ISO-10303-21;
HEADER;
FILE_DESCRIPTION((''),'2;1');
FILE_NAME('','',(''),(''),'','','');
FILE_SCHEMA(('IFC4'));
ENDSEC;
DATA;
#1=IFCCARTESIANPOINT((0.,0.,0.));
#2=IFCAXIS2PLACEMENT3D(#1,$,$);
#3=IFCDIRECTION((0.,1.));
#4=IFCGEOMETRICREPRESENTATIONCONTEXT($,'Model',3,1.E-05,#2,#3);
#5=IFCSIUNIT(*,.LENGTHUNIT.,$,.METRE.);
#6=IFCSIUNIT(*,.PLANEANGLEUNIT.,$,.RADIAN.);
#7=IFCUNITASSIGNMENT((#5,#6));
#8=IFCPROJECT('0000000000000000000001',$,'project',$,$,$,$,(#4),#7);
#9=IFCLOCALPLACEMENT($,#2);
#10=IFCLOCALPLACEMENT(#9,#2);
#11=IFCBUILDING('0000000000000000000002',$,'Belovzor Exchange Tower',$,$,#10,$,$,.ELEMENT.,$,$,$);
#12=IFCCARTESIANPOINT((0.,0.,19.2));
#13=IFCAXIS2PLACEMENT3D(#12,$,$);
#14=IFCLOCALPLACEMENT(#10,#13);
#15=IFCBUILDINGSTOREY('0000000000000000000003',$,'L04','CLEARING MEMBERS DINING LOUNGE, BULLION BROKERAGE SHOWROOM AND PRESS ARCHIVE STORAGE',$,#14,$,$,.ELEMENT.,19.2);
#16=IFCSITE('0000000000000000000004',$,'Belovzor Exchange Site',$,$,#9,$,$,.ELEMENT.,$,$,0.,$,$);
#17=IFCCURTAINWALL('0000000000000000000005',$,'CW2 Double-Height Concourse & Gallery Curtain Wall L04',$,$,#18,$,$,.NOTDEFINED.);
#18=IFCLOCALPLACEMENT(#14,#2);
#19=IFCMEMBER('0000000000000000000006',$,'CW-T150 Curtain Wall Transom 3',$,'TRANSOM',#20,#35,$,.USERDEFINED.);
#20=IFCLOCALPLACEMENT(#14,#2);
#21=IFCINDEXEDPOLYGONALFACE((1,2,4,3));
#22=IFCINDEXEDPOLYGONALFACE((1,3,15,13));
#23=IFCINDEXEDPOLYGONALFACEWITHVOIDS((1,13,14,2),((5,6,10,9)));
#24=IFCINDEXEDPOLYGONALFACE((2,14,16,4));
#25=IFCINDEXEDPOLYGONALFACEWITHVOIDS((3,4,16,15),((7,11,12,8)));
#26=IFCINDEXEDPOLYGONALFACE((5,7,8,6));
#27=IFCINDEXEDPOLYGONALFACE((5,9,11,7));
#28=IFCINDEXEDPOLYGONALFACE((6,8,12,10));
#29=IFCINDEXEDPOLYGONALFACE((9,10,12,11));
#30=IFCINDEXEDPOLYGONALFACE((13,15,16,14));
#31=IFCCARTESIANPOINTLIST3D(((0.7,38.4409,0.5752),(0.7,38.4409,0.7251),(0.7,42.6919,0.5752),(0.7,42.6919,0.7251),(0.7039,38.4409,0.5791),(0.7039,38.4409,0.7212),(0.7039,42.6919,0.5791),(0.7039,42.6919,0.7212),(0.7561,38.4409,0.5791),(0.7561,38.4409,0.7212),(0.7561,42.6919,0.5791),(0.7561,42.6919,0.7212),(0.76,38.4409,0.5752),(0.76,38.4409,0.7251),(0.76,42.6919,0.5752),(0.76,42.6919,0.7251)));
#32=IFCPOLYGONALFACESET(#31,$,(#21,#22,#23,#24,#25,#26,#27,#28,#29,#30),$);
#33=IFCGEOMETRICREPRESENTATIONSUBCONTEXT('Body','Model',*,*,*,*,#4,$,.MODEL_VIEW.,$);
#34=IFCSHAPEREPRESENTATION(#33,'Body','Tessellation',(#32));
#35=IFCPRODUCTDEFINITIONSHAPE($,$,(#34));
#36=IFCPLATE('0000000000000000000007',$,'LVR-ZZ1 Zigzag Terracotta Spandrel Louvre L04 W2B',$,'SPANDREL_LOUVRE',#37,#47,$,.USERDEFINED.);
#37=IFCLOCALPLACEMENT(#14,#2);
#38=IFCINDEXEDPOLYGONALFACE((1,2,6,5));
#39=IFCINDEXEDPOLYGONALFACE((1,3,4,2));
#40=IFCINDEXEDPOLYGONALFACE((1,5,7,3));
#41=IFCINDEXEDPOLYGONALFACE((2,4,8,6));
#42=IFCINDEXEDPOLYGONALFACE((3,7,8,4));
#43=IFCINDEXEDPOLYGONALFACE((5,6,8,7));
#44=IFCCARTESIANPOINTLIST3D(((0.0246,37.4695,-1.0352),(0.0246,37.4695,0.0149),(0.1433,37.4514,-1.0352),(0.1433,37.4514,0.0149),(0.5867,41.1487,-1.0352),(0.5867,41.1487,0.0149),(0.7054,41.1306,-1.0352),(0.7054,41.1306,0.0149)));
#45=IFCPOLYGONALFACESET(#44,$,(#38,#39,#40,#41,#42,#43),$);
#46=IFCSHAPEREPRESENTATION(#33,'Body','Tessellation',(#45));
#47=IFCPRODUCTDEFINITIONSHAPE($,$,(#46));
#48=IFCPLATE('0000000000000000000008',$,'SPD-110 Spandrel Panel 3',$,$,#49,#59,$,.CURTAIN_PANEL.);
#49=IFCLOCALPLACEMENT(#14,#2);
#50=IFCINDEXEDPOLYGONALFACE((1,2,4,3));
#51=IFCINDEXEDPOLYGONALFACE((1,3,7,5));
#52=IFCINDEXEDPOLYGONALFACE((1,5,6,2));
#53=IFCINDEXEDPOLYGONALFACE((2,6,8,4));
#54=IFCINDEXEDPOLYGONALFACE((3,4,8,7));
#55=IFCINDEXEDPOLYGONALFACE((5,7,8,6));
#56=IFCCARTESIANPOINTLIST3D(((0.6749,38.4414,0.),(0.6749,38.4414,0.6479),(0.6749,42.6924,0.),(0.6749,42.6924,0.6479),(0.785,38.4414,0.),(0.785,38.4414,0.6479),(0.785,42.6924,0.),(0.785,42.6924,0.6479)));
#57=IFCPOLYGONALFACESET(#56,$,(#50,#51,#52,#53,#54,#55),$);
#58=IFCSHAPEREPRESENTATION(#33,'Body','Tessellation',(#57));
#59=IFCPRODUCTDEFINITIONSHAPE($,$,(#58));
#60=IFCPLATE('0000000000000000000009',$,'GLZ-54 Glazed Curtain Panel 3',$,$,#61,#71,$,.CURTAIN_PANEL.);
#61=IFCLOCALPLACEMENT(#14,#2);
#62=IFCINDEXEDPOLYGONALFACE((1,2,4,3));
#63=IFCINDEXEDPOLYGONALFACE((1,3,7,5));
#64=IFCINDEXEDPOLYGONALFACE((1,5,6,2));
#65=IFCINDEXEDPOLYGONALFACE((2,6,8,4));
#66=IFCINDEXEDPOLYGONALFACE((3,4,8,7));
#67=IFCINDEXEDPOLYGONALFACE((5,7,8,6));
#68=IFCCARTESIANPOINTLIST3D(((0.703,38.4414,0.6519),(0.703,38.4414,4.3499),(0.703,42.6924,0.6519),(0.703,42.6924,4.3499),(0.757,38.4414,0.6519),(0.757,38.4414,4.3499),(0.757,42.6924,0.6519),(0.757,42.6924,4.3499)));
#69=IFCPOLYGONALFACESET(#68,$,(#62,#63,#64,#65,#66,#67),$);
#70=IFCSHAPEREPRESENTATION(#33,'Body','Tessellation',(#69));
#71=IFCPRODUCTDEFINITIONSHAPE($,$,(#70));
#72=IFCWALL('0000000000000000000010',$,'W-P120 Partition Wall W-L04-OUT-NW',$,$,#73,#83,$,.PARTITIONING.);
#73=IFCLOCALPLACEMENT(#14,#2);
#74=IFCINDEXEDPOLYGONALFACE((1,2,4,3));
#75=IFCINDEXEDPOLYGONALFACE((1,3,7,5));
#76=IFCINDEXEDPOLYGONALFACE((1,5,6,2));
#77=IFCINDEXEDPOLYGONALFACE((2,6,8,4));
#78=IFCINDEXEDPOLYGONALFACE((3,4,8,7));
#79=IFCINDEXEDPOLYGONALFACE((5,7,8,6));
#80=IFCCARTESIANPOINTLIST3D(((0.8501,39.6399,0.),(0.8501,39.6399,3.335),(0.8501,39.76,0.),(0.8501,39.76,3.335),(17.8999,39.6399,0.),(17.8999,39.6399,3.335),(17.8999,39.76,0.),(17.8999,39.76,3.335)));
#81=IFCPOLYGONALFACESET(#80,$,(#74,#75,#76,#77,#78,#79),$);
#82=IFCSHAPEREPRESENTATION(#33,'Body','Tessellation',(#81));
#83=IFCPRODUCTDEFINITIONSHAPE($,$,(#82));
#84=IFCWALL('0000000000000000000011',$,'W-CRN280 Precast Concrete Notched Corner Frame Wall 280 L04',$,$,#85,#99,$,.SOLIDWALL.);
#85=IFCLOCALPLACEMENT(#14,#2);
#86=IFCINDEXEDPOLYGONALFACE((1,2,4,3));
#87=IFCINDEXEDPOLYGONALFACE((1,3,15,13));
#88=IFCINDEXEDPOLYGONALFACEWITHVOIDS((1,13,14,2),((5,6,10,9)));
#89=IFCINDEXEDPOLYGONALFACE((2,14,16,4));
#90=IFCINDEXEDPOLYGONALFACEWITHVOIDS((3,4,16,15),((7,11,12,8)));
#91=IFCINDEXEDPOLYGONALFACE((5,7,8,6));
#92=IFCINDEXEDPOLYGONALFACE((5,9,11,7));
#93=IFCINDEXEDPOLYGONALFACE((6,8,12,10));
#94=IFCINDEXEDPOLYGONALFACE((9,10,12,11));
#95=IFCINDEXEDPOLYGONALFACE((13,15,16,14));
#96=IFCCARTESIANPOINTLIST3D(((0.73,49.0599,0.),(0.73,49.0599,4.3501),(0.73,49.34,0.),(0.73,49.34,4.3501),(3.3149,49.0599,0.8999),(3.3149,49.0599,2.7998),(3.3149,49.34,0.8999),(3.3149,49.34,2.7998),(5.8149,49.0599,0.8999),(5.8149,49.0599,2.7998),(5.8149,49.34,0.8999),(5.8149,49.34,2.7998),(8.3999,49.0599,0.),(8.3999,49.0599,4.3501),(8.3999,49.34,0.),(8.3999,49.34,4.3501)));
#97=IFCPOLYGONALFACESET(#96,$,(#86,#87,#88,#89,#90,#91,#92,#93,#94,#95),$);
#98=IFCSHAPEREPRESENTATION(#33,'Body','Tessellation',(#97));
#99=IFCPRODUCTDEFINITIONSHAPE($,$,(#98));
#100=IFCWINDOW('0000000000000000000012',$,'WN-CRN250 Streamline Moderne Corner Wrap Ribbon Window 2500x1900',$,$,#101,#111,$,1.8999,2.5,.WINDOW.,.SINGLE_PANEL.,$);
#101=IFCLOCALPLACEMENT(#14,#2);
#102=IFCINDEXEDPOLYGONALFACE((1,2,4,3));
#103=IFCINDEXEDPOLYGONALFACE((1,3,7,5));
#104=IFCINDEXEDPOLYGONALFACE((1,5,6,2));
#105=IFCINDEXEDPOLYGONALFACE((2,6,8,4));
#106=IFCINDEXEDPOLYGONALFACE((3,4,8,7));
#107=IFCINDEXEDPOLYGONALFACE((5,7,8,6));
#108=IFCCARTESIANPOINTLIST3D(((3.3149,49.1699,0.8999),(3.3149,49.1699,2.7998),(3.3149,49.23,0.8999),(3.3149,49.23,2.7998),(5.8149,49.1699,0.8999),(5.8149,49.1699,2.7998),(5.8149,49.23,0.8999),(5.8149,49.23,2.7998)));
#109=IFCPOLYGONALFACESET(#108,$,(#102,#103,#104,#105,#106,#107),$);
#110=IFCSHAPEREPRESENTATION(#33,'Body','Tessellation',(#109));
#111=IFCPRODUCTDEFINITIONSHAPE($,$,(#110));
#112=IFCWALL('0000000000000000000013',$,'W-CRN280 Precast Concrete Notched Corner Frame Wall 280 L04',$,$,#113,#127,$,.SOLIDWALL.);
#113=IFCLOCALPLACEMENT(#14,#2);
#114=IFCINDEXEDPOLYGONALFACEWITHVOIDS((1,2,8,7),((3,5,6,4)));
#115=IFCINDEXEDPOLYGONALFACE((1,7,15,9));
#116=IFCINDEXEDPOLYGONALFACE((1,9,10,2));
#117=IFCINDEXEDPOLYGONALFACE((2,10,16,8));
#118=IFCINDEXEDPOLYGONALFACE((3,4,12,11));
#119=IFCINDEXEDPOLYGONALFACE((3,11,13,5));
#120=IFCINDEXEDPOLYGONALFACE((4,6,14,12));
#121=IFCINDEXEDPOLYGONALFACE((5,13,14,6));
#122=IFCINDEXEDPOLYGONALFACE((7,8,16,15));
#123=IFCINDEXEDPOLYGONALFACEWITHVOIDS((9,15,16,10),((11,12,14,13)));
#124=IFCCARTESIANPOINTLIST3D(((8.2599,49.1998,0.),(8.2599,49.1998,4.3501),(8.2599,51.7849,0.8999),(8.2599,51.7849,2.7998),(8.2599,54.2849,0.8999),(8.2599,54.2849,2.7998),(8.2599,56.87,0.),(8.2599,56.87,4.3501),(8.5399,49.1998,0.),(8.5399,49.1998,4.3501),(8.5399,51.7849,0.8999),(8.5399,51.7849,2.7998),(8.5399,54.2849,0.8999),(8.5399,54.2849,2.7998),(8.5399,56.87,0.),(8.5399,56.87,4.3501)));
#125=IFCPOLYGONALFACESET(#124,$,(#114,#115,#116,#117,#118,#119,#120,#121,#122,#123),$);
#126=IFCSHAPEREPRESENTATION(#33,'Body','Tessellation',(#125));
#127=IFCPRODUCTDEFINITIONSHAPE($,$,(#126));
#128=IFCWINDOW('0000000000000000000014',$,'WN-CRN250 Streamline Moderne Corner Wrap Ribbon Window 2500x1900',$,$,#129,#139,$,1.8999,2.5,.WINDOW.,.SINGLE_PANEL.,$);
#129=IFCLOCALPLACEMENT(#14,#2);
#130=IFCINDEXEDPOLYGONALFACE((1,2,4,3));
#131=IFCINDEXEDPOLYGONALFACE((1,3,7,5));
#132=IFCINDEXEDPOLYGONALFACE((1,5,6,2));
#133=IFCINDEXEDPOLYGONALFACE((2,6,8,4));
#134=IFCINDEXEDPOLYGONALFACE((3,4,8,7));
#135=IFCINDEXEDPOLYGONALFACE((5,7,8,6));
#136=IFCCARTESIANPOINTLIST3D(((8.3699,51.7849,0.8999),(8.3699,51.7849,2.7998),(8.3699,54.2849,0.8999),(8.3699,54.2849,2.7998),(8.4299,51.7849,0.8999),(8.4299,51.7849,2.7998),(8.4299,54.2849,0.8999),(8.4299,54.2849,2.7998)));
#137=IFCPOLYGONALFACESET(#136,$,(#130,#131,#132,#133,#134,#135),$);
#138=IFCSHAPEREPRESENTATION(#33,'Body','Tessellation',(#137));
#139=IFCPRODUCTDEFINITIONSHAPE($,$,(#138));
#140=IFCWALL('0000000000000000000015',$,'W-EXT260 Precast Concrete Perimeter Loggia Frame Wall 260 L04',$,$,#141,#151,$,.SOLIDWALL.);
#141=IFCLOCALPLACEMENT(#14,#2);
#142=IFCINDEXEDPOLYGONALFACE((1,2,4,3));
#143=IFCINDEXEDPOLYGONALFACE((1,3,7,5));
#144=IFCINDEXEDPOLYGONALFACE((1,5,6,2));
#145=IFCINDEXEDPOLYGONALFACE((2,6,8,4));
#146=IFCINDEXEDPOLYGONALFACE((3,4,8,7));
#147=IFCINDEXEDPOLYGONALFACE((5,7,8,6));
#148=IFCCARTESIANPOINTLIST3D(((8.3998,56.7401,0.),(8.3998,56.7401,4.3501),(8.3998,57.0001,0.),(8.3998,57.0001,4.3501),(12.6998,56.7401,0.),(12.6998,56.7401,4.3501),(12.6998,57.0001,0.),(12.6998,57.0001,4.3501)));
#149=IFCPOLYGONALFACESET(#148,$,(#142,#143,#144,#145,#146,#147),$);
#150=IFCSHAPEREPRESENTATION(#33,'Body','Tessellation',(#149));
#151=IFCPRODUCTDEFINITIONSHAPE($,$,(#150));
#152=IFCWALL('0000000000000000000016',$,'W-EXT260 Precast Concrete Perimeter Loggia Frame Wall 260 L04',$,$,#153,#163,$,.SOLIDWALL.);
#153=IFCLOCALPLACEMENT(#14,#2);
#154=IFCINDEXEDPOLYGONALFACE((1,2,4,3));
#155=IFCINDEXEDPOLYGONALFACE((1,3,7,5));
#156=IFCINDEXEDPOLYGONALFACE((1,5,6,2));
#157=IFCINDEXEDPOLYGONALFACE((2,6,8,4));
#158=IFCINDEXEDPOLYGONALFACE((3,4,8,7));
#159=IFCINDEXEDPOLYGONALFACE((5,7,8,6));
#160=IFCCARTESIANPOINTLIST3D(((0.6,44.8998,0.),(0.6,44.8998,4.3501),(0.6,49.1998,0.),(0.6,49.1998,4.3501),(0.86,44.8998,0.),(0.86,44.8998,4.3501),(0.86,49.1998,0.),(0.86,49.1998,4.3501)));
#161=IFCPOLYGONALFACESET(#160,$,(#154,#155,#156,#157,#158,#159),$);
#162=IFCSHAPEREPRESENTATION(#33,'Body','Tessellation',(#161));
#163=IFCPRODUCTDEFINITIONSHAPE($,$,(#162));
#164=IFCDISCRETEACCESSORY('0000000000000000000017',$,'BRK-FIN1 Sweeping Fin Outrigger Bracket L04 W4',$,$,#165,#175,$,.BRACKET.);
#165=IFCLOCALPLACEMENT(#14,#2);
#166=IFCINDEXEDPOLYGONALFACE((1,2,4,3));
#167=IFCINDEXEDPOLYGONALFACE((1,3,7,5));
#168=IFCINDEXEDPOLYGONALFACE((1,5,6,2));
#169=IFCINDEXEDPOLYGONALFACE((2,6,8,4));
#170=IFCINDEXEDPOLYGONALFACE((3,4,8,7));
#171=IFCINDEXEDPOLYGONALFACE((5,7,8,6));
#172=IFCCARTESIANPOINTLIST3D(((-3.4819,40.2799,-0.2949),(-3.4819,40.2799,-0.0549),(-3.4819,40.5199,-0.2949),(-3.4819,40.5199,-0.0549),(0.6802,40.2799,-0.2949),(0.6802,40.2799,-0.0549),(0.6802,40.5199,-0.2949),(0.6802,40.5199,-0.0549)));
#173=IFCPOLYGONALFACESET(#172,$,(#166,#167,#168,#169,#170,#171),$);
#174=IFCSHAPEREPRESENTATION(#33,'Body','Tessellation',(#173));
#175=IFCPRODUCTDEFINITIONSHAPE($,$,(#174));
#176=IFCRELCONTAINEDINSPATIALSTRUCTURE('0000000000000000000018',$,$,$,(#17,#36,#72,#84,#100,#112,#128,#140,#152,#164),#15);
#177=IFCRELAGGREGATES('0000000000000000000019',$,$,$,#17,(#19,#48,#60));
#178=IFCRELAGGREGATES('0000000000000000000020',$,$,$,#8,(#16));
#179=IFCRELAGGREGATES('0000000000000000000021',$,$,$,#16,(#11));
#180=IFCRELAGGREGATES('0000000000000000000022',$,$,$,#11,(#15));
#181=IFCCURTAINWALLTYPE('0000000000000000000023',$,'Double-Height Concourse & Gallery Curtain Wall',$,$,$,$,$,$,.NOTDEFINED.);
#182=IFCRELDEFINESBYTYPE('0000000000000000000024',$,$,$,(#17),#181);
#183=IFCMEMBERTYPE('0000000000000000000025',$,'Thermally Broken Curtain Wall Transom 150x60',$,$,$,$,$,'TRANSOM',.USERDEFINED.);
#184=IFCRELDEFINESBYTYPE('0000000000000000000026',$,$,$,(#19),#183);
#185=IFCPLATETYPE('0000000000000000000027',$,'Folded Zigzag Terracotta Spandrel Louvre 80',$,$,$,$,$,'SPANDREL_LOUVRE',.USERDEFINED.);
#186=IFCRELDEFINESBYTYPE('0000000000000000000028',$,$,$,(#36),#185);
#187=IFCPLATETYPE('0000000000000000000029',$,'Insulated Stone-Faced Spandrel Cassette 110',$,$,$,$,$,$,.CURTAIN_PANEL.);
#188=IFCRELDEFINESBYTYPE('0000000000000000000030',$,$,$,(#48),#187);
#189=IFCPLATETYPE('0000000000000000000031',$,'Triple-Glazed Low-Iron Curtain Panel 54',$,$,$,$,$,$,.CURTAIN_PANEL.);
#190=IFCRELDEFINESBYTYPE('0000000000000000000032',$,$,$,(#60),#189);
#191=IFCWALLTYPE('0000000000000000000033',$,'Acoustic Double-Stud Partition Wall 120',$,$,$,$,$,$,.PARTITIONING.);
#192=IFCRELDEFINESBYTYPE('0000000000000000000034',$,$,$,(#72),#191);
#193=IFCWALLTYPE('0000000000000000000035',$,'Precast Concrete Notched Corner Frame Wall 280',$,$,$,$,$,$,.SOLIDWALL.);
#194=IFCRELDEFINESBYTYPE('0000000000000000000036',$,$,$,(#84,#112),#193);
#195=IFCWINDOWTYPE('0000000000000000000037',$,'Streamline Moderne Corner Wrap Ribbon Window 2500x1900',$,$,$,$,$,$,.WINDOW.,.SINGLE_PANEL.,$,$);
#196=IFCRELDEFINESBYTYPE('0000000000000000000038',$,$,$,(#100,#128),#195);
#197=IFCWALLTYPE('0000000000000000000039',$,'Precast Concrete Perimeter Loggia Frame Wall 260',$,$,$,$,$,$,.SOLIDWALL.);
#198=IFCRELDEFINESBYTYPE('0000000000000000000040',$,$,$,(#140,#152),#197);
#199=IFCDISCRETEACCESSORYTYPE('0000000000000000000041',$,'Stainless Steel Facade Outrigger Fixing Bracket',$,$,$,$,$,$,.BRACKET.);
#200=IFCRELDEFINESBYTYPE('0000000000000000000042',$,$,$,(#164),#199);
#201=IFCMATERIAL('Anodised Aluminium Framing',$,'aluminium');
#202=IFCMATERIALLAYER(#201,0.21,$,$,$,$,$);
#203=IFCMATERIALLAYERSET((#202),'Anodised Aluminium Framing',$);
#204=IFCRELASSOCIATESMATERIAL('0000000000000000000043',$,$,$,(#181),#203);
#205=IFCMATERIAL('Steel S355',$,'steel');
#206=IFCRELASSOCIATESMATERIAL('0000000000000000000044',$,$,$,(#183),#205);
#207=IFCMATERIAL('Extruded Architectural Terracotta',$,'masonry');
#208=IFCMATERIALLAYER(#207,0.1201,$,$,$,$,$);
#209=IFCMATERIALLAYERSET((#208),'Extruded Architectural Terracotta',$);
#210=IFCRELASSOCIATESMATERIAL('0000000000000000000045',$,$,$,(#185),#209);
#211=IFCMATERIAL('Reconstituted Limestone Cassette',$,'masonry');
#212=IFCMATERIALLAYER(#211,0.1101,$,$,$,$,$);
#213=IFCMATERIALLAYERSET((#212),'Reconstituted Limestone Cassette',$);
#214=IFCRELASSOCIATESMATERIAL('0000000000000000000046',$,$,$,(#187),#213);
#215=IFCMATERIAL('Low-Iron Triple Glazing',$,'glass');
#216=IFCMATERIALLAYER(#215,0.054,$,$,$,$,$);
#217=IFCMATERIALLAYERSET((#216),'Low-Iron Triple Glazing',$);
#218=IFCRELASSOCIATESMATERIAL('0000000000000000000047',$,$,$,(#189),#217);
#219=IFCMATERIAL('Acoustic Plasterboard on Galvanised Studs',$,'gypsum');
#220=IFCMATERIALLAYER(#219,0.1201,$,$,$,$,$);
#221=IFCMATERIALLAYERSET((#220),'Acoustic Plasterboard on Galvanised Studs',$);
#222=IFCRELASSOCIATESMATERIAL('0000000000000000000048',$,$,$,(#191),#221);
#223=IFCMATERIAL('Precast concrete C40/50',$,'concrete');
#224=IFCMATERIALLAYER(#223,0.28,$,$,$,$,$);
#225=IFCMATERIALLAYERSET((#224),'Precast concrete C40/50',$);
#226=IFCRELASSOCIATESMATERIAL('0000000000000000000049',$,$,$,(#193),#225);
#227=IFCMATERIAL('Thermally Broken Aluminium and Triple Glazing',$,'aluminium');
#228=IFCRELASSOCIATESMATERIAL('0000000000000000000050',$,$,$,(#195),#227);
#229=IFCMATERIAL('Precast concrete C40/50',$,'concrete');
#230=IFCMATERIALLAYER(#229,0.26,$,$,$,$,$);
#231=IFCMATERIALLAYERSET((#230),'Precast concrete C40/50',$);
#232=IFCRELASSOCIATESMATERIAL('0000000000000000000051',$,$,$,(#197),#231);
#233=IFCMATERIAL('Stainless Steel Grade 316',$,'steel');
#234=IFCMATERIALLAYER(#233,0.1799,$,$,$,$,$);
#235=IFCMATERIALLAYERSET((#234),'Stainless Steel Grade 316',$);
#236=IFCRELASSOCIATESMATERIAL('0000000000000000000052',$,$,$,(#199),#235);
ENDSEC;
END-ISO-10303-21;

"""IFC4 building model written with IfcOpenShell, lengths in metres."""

from ifc_helpers import new_model, si_unit, direction, frame, frame_2d, origin, origin_2d, place, context, subcontext, project, spatial, rectangle, hollow_rectangle, extrude, material, layer, layer_set, material_profile, profile_set, type_object, element, fill, aggregate, save


model = new_model("IFC4")

# Units and contexts
model_context = context("Model", 3, precision=1e-05, world=origin(), true_north=direction((0.0, 1.0)))
body_context = subcontext(model_context, "Body", "Model", "MODEL_VIEW")
ifc_project = project(units=[si_unit("LENGTHUNIT", "METRE"), si_unit("PLANEANGLEUNIT", "RADIAN")], contexts=[model_context])

# Site, building, storey
site_placement = place(None, origin())
site = spatial("IfcSite", under=ifc_project, at=site_placement, Name="Belovzor Exchange Site", CompositionType="ELEMENT", RefElevation=0.0)
building_placement = place(site_placement, origin())
building = spatial("IfcBuilding", under=site, at=building_placement, Name="Belovzor Exchange Tower", CompositionType="ELEMENT")
storey_placement = place(building_placement, frame((0.0, 0.0, 19.2)))
storey = spatial("IfcBuildingStorey", under=building, at=storey_placement, Name="L04", Description="CLEARING MEMBERS DINING LOUNGE, BULLION BROKERAGE SHOWROOM AND PRESS ARCHIVE STORAGE", CompositionType="ELEMENT", Elevation=19.2)

# Shared definitions
ifc_material_1 = material(Name="Anodised Aluminium Framing", Category="aluminium")
ifc_layer_1 = layer(ifc_material_1, 0.21)
ifc_layer_set_1 = layer_set([ifc_layer_1], Name="Anodised Aluminium Framing")
curtain_wall_type = type_object("IfcCurtainWallType", Name="Double-Height Concourse & Gallery Curtain Wall", PredefinedType="NOTDEFINED", material=ifc_layer_set_1)

# Curtain wall
curtain_wall_1_placement = place(storey_placement, origin())
curtain_wall_1 = element("IfcCurtainWall", 1, at=curtain_wall_1_placement, inside=storey, type_object=curtain_wall_type, Name="CW2 Double-Height Concourse & Gallery Curtain Wall L04", PredefinedType="NOTDEFINED")

# Member
ifc_material_2 = material(Name="Steel S355", Category="steel")
ifc_material_profile_1 = material_profile(ifc_material_2, hollow_rectangle(XDim=0.0601, YDim=0.1499, WallThickness=0.0039, at=origin_2d()))
ifc_profile_set_1 = profile_set([ifc_material_profile_1], Name="Steel S355")
member_type_1 = type_object("IfcMemberType", Name="Thermally Broken Curtain Wall Transom 150x60", ElementType="TRANSOM", PredefinedType="USERDEFINED", material=ifc_profile_set_1)
member_1_placement = place(storey_placement, frame((0.73, 38.4409, 0.6501), z_axis=(0.0, 1.0, 0.0), x_axis=(-1.0, 0.0, 0.0)))
member_1 = element("IfcMember", 2, at=member_1_placement, type_object=member_type_1, Name="CW-T150 Curtain Wall Transom 3", ObjectType="TRANSOM", PredefinedType="USERDEFINED", context=body_context, shape_type="SweptSolid", body=[
    extrude(hollow_rectangle(XDim=0.0601, YDim=0.1499, WallThickness=0.0039, at=origin_2d()), origin(), (0.0, 0.0, 1.0), 4.251),
])

# Plates
ifc_material_3 = material(Name="Extruded Architectural Terracotta", Category="masonry")
ifc_layer_2 = layer(ifc_material_3, 0.1201)
ifc_layer_set_2 = layer_set([ifc_layer_2], Name="Extruded Architectural Terracotta")
plate_type_1 = type_object("IfcPlateType", Name="Folded Zigzag Terracotta Spandrel Louvre 80", ElementType="SPANDREL_LOUVRE", PredefinedType="USERDEFINED", material=ifc_layer_set_2)
plate_1_placement = place(storey_placement, frame((0.365, 39.3, -1.0352), z_axis=(0.0, 0.0, 1.0), x_axis=(0.151019, 0.988531, 0.0)))
element("IfcPlate", 3, at=plate_1_placement, inside=storey, type_object=plate_type_1, Name="LVR-ZZ1 Zigzag Terracotta Spandrel Louvre L04 W2B", ObjectType="SPANDREL_LOUVRE", PredefinedType="USERDEFINED", context=body_context, shape_type="SweptSolid", body=[
    extrude(rectangle(XDim=3.7219, YDim=0.1201, at=origin_2d()), origin(), (0.0, 0.0, 1.0), 1.05),
])
ifc_material_4 = material(Name="Reconstituted Limestone Cassette", Category="masonry")
ifc_layer_3 = layer(ifc_material_4, 0.1101)
ifc_layer_set_3 = layer_set([ifc_layer_3], Name="Reconstituted Limestone Cassette")
plate_type_2 = type_object("IfcPlateType", Name="Insulated Stone-Faced Spandrel Cassette 110", PredefinedType="CURTAIN_PANEL", material=ifc_layer_set_3)
plate_2_placement = place(storey_placement, frame((0.73, 40.5669, 0.0), z_axis=(0.0, 0.0, 1.0), x_axis=(0.0, 1.0, 0.0)))
plate_2 = element("IfcPlate", 4, at=plate_2_placement, type_object=plate_type_2, Name="SPD-110 Spandrel Panel 3", PredefinedType="CURTAIN_PANEL", context=body_context, shape_type="SweptSolid", body=[
    extrude(rectangle(XDim=4.251, YDim=0.1101, at=origin_2d()), origin(), (0.0, 0.0, 1.0), 0.6479),
])
ifc_material_5 = material(Name="Low-Iron Triple Glazing", Category="glass")
ifc_layer_4 = layer(ifc_material_5, 0.054)
ifc_layer_set_4 = layer_set([ifc_layer_4], Name="Low-Iron Triple Glazing")
plate_type_3 = type_object("IfcPlateType", Name="Triple-Glazed Low-Iron Curtain Panel 54", PredefinedType="CURTAIN_PANEL", material=ifc_layer_set_4)
plate_3_placement = place(storey_placement, frame((0.73, 40.5669, 0.6519), z_axis=(0.0, 0.0, 1.0), x_axis=(0.0, 1.0, 0.0)))
plate_3 = element("IfcPlate", 5, at=plate_3_placement, type_object=plate_type_3, Name="GLZ-54 Glazed Curtain Panel 3", PredefinedType="CURTAIN_PANEL", context=body_context, shape_type="SweptSolid", body=[
    extrude(rectangle(XDim=4.251, YDim=0.054, at=origin_2d()), origin(), (0.0, 0.0, 1.0), 3.698),
])
aggregate(curtain_wall_1, [member_1, plate_2, plate_3])

# Wall
ifc_material_6 = material(Name="Acoustic Plasterboard on Galvanised Studs", Category="gypsum")
ifc_layer_5 = layer(ifc_material_6, 0.1201)
ifc_layer_set_5 = layer_set([ifc_layer_5], Name="Acoustic Plasterboard on Galvanised Studs")
wall_type_1 = type_object("IfcWallType", Name="Acoustic Double-Stud Partition Wall 120", PredefinedType="PARTITIONING", material=ifc_layer_set_5)
wall_1_placement = place(storey_placement, frame((0.8501, 39.7, 0.0), z_axis=(0.0, 0.0, 1.0), x_axis=(1.0, 0.0, 0.0)))
element("IfcWall", 6, at=wall_1_placement, inside=storey, type_object=wall_type_1, Name="W-P120 Partition Wall W-L04-OUT-NW", PredefinedType="PARTITIONING", context=body_context, shape_type="SweptSolid", body=[
    extrude(rectangle(XDim=17.0498, YDim=0.1201, at=frame_2d((8.5249, 0.0))), origin(), (0.0, 0.0, 1.0), 3.335),
])

# Walls, openings, windows
ifc_material_7 = material(Name="Precast concrete C40/50", Category="concrete")
ifc_layer_6 = layer(ifc_material_7, 0.28)
ifc_layer_set_6 = layer_set([ifc_layer_6], Name="Precast concrete C40/50")
wall_type_2 = type_object("IfcWallType", Name="Precast Concrete Notched Corner Frame Wall 280", PredefinedType="SOLIDWALL", material=ifc_layer_set_6)
wall_2_placement = place(storey_placement, frame((0.73, 49.2, 0.0), z_axis=(0.0, 0.0, 1.0), x_axis=(1.0, 0.0, 0.0)))
wall_2 = element("IfcWall", 7, at=wall_2_placement, inside=storey, type_object=wall_type_2, Name="W-CRN280 Precast Concrete Notched Corner Frame Wall 280 L04", PredefinedType="SOLIDWALL", context=body_context, shape_type="SweptSolid", body=[
    extrude(rectangle(XDim=7.6699, YDim=0.28, at=frame_2d((3.835, 0.0))), origin(), (0.0, 0.0, 1.0), 4.3501),
])
opening_1_placement = place(wall_2_placement, frame((2.585, 0.0, 0.8999)))
opening_1 = element("IfcOpeningElement", 8, at=opening_1_placement, cuts=wall_2, PredefinedType="OPENING", context=body_context, shape_type="SweptSolid", body=[
    extrude(rectangle(XDim=2.5, YDim=1.8999, at=frame_2d((1.25, 0.95))), frame((0.0, 0.1499, 0.0), z_axis=(0.0, -1.0, 0.0), x_axis=(1.0, 0.0, 0.0)), (0.0, 0.0, 1.0), 0.3),
])
ifc_material_8 = material(Name="Thermally Broken Aluminium and Triple Glazing", Category="aluminium")
window_type = type_object("IfcWindowType", Name="Streamline Moderne Corner Wrap Ribbon Window 2500x1900", PartitioningType="SINGLE_PANEL", PredefinedType="WINDOW", material=ifc_material_8)
window_1_placement = place(opening_1_placement, origin())
window_1 = element("IfcWindow", 9, at=window_1_placement, inside=storey, type_object=window_type, Name="WN-CRN250 Streamline Moderne Corner Wrap Ribbon Window 2500x1900", OverallHeight=1.8999, OverallWidth=2.5, PartitioningType="SINGLE_PANEL", PredefinedType="WINDOW", context=body_context, shape_type="SweptSolid", body=[
    extrude(rectangle(XDim=2.5, YDim=1.8999, at=frame_2d((1.25, 0.95))), frame((0.0, 0.03, 0.0), z_axis=(0.0, -1.0, 0.0), x_axis=(1.0, 0.0, 0.0)), (0.0, 0.0, 1.0), 0.0601),
])
fill(opening_1, window_1)
wall_3_placement = place(storey_placement, frame((8.3999, 49.2, 0.0), z_axis=(0.0, 0.0, 1.0), x_axis=(0.0, 1.0, 0.0)))
wall_3 = element("IfcWall", 10, at=wall_3_placement, inside=storey, type_object=wall_type_2, Name="W-CRN280 Precast Concrete Notched Corner Frame Wall 280 L04", PredefinedType="SOLIDWALL", context=body_context, shape_type="SweptSolid", body=[
    extrude(rectangle(XDim=7.6702, YDim=0.28, at=frame_2d((3.835, 0.0))), origin(), (0.0, 0.0, 1.0), 4.3501),
])
opening_2_placement = place(wall_3_placement, frame((2.585, 0.0, 0.8999)))
opening_2 = element("IfcOpeningElement", 11, at=opening_2_placement, cuts=wall_3, PredefinedType="OPENING", context=body_context, shape_type="SweptSolid", body=[
    extrude(rectangle(XDim=2.5, YDim=1.8999, at=frame_2d((1.25, 0.95))), frame((0.0, 0.1499, 0.0), z_axis=(0.0, -1.0, 0.0), x_axis=(1.0, 0.0, 0.0)), (0.0, 0.0, 1.0), 0.3),
])
window_2_placement = place(opening_2_placement, origin())
window_2 = element("IfcWindow", 12, at=window_2_placement, inside=storey, type_object=window_type, Name="WN-CRN250 Streamline Moderne Corner Wrap Ribbon Window 2500x1900", OverallHeight=1.8999, OverallWidth=2.5, PartitioningType="SINGLE_PANEL", PredefinedType="WINDOW", context=body_context, shape_type="SweptSolid", body=[
    extrude(rectangle(XDim=2.5, YDim=1.8999, at=frame_2d((1.25, 0.95))), frame((0.0, 0.03, 0.0), z_axis=(0.0, -1.0, 0.0), x_axis=(1.0, 0.0, 0.0)), (0.0, 0.0, 1.0), 0.0601),
])
fill(opening_2, window_2)

# Walls
ifc_material_9 = material(Name="Precast concrete C40/50", Category="concrete")
ifc_layer_7 = layer(ifc_material_9, 0.26)
ifc_layer_set_7 = layer_set([ifc_layer_7], Name="Precast concrete C40/50")
wall_type_3 = type_object("IfcWallType", Name="Precast Concrete Perimeter Loggia Frame Wall 260", PredefinedType="SOLIDWALL", material=ifc_layer_set_7)
for number, where, z_axis, x_axis, name in (
    (13, (8.3999, 56.8701, 0.0), (0.0, 0.0, 1.0), (1.0, 0.0, 0.0), "W-EXT260 Precast Concrete Perimeter Loggia Frame Wall 260 L04"),
    (14, (0.73, 44.8999, 0.0), (0.0, 0.0, 1.0), (0.0, 1.0, 0.0), "W-EXT260 Precast Concrete Perimeter Loggia Frame Wall 260 L04"),
):
    element("IfcWall", number, at=place(storey_placement, frame(where, z_axis=z_axis, x_axis=x_axis)), inside=storey, type_object=wall_type_3, Name=name, PredefinedType="SOLIDWALL", context=body_context, shape_type="SweptSolid", body=[
        extrude(rectangle(XDim=4.3, YDim=0.26, at=frame_2d((2.1499, 0.0))), origin(), (0.0, 0.0, 1.0), 4.3501),
    ])

# Discrete accessory
ifc_material_10 = material(Name="Stainless Steel Grade 316", Category="steel")
ifc_layer_8 = layer(ifc_material_10, 0.1799)
ifc_layer_set_8 = layer_set([ifc_layer_8], Name="Stainless Steel Grade 316")
discrete_accessory_type = type_object("IfcDiscreteAccessoryType", Name="Stainless Steel Facade Outrigger Fixing Bracket", PredefinedType="BRACKET", material=ifc_layer_set_8)
discrete_accessory_placement = place(storey_placement, frame((-1.4009, 40.3999, -0.2949), z_axis=(0.0, 0.0, 1.0), x_axis=(1.0, 0.0, 0.0)))
element("IfcDiscreteAccessory", 15, at=discrete_accessory_placement, inside=storey, type_object=discrete_accessory_type, Name="BRK-FIN1 Sweeping Fin Outrigger Bracket L04 W4", PredefinedType="BRACKET", context=body_context, shape_type="SweptSolid", body=[
    extrude(rectangle(XDim=4.1621, YDim=0.24, at=origin_2d()), origin(), (0.0, 0.0, 1.0), 0.24),
])

save(model, "model.ifc")
